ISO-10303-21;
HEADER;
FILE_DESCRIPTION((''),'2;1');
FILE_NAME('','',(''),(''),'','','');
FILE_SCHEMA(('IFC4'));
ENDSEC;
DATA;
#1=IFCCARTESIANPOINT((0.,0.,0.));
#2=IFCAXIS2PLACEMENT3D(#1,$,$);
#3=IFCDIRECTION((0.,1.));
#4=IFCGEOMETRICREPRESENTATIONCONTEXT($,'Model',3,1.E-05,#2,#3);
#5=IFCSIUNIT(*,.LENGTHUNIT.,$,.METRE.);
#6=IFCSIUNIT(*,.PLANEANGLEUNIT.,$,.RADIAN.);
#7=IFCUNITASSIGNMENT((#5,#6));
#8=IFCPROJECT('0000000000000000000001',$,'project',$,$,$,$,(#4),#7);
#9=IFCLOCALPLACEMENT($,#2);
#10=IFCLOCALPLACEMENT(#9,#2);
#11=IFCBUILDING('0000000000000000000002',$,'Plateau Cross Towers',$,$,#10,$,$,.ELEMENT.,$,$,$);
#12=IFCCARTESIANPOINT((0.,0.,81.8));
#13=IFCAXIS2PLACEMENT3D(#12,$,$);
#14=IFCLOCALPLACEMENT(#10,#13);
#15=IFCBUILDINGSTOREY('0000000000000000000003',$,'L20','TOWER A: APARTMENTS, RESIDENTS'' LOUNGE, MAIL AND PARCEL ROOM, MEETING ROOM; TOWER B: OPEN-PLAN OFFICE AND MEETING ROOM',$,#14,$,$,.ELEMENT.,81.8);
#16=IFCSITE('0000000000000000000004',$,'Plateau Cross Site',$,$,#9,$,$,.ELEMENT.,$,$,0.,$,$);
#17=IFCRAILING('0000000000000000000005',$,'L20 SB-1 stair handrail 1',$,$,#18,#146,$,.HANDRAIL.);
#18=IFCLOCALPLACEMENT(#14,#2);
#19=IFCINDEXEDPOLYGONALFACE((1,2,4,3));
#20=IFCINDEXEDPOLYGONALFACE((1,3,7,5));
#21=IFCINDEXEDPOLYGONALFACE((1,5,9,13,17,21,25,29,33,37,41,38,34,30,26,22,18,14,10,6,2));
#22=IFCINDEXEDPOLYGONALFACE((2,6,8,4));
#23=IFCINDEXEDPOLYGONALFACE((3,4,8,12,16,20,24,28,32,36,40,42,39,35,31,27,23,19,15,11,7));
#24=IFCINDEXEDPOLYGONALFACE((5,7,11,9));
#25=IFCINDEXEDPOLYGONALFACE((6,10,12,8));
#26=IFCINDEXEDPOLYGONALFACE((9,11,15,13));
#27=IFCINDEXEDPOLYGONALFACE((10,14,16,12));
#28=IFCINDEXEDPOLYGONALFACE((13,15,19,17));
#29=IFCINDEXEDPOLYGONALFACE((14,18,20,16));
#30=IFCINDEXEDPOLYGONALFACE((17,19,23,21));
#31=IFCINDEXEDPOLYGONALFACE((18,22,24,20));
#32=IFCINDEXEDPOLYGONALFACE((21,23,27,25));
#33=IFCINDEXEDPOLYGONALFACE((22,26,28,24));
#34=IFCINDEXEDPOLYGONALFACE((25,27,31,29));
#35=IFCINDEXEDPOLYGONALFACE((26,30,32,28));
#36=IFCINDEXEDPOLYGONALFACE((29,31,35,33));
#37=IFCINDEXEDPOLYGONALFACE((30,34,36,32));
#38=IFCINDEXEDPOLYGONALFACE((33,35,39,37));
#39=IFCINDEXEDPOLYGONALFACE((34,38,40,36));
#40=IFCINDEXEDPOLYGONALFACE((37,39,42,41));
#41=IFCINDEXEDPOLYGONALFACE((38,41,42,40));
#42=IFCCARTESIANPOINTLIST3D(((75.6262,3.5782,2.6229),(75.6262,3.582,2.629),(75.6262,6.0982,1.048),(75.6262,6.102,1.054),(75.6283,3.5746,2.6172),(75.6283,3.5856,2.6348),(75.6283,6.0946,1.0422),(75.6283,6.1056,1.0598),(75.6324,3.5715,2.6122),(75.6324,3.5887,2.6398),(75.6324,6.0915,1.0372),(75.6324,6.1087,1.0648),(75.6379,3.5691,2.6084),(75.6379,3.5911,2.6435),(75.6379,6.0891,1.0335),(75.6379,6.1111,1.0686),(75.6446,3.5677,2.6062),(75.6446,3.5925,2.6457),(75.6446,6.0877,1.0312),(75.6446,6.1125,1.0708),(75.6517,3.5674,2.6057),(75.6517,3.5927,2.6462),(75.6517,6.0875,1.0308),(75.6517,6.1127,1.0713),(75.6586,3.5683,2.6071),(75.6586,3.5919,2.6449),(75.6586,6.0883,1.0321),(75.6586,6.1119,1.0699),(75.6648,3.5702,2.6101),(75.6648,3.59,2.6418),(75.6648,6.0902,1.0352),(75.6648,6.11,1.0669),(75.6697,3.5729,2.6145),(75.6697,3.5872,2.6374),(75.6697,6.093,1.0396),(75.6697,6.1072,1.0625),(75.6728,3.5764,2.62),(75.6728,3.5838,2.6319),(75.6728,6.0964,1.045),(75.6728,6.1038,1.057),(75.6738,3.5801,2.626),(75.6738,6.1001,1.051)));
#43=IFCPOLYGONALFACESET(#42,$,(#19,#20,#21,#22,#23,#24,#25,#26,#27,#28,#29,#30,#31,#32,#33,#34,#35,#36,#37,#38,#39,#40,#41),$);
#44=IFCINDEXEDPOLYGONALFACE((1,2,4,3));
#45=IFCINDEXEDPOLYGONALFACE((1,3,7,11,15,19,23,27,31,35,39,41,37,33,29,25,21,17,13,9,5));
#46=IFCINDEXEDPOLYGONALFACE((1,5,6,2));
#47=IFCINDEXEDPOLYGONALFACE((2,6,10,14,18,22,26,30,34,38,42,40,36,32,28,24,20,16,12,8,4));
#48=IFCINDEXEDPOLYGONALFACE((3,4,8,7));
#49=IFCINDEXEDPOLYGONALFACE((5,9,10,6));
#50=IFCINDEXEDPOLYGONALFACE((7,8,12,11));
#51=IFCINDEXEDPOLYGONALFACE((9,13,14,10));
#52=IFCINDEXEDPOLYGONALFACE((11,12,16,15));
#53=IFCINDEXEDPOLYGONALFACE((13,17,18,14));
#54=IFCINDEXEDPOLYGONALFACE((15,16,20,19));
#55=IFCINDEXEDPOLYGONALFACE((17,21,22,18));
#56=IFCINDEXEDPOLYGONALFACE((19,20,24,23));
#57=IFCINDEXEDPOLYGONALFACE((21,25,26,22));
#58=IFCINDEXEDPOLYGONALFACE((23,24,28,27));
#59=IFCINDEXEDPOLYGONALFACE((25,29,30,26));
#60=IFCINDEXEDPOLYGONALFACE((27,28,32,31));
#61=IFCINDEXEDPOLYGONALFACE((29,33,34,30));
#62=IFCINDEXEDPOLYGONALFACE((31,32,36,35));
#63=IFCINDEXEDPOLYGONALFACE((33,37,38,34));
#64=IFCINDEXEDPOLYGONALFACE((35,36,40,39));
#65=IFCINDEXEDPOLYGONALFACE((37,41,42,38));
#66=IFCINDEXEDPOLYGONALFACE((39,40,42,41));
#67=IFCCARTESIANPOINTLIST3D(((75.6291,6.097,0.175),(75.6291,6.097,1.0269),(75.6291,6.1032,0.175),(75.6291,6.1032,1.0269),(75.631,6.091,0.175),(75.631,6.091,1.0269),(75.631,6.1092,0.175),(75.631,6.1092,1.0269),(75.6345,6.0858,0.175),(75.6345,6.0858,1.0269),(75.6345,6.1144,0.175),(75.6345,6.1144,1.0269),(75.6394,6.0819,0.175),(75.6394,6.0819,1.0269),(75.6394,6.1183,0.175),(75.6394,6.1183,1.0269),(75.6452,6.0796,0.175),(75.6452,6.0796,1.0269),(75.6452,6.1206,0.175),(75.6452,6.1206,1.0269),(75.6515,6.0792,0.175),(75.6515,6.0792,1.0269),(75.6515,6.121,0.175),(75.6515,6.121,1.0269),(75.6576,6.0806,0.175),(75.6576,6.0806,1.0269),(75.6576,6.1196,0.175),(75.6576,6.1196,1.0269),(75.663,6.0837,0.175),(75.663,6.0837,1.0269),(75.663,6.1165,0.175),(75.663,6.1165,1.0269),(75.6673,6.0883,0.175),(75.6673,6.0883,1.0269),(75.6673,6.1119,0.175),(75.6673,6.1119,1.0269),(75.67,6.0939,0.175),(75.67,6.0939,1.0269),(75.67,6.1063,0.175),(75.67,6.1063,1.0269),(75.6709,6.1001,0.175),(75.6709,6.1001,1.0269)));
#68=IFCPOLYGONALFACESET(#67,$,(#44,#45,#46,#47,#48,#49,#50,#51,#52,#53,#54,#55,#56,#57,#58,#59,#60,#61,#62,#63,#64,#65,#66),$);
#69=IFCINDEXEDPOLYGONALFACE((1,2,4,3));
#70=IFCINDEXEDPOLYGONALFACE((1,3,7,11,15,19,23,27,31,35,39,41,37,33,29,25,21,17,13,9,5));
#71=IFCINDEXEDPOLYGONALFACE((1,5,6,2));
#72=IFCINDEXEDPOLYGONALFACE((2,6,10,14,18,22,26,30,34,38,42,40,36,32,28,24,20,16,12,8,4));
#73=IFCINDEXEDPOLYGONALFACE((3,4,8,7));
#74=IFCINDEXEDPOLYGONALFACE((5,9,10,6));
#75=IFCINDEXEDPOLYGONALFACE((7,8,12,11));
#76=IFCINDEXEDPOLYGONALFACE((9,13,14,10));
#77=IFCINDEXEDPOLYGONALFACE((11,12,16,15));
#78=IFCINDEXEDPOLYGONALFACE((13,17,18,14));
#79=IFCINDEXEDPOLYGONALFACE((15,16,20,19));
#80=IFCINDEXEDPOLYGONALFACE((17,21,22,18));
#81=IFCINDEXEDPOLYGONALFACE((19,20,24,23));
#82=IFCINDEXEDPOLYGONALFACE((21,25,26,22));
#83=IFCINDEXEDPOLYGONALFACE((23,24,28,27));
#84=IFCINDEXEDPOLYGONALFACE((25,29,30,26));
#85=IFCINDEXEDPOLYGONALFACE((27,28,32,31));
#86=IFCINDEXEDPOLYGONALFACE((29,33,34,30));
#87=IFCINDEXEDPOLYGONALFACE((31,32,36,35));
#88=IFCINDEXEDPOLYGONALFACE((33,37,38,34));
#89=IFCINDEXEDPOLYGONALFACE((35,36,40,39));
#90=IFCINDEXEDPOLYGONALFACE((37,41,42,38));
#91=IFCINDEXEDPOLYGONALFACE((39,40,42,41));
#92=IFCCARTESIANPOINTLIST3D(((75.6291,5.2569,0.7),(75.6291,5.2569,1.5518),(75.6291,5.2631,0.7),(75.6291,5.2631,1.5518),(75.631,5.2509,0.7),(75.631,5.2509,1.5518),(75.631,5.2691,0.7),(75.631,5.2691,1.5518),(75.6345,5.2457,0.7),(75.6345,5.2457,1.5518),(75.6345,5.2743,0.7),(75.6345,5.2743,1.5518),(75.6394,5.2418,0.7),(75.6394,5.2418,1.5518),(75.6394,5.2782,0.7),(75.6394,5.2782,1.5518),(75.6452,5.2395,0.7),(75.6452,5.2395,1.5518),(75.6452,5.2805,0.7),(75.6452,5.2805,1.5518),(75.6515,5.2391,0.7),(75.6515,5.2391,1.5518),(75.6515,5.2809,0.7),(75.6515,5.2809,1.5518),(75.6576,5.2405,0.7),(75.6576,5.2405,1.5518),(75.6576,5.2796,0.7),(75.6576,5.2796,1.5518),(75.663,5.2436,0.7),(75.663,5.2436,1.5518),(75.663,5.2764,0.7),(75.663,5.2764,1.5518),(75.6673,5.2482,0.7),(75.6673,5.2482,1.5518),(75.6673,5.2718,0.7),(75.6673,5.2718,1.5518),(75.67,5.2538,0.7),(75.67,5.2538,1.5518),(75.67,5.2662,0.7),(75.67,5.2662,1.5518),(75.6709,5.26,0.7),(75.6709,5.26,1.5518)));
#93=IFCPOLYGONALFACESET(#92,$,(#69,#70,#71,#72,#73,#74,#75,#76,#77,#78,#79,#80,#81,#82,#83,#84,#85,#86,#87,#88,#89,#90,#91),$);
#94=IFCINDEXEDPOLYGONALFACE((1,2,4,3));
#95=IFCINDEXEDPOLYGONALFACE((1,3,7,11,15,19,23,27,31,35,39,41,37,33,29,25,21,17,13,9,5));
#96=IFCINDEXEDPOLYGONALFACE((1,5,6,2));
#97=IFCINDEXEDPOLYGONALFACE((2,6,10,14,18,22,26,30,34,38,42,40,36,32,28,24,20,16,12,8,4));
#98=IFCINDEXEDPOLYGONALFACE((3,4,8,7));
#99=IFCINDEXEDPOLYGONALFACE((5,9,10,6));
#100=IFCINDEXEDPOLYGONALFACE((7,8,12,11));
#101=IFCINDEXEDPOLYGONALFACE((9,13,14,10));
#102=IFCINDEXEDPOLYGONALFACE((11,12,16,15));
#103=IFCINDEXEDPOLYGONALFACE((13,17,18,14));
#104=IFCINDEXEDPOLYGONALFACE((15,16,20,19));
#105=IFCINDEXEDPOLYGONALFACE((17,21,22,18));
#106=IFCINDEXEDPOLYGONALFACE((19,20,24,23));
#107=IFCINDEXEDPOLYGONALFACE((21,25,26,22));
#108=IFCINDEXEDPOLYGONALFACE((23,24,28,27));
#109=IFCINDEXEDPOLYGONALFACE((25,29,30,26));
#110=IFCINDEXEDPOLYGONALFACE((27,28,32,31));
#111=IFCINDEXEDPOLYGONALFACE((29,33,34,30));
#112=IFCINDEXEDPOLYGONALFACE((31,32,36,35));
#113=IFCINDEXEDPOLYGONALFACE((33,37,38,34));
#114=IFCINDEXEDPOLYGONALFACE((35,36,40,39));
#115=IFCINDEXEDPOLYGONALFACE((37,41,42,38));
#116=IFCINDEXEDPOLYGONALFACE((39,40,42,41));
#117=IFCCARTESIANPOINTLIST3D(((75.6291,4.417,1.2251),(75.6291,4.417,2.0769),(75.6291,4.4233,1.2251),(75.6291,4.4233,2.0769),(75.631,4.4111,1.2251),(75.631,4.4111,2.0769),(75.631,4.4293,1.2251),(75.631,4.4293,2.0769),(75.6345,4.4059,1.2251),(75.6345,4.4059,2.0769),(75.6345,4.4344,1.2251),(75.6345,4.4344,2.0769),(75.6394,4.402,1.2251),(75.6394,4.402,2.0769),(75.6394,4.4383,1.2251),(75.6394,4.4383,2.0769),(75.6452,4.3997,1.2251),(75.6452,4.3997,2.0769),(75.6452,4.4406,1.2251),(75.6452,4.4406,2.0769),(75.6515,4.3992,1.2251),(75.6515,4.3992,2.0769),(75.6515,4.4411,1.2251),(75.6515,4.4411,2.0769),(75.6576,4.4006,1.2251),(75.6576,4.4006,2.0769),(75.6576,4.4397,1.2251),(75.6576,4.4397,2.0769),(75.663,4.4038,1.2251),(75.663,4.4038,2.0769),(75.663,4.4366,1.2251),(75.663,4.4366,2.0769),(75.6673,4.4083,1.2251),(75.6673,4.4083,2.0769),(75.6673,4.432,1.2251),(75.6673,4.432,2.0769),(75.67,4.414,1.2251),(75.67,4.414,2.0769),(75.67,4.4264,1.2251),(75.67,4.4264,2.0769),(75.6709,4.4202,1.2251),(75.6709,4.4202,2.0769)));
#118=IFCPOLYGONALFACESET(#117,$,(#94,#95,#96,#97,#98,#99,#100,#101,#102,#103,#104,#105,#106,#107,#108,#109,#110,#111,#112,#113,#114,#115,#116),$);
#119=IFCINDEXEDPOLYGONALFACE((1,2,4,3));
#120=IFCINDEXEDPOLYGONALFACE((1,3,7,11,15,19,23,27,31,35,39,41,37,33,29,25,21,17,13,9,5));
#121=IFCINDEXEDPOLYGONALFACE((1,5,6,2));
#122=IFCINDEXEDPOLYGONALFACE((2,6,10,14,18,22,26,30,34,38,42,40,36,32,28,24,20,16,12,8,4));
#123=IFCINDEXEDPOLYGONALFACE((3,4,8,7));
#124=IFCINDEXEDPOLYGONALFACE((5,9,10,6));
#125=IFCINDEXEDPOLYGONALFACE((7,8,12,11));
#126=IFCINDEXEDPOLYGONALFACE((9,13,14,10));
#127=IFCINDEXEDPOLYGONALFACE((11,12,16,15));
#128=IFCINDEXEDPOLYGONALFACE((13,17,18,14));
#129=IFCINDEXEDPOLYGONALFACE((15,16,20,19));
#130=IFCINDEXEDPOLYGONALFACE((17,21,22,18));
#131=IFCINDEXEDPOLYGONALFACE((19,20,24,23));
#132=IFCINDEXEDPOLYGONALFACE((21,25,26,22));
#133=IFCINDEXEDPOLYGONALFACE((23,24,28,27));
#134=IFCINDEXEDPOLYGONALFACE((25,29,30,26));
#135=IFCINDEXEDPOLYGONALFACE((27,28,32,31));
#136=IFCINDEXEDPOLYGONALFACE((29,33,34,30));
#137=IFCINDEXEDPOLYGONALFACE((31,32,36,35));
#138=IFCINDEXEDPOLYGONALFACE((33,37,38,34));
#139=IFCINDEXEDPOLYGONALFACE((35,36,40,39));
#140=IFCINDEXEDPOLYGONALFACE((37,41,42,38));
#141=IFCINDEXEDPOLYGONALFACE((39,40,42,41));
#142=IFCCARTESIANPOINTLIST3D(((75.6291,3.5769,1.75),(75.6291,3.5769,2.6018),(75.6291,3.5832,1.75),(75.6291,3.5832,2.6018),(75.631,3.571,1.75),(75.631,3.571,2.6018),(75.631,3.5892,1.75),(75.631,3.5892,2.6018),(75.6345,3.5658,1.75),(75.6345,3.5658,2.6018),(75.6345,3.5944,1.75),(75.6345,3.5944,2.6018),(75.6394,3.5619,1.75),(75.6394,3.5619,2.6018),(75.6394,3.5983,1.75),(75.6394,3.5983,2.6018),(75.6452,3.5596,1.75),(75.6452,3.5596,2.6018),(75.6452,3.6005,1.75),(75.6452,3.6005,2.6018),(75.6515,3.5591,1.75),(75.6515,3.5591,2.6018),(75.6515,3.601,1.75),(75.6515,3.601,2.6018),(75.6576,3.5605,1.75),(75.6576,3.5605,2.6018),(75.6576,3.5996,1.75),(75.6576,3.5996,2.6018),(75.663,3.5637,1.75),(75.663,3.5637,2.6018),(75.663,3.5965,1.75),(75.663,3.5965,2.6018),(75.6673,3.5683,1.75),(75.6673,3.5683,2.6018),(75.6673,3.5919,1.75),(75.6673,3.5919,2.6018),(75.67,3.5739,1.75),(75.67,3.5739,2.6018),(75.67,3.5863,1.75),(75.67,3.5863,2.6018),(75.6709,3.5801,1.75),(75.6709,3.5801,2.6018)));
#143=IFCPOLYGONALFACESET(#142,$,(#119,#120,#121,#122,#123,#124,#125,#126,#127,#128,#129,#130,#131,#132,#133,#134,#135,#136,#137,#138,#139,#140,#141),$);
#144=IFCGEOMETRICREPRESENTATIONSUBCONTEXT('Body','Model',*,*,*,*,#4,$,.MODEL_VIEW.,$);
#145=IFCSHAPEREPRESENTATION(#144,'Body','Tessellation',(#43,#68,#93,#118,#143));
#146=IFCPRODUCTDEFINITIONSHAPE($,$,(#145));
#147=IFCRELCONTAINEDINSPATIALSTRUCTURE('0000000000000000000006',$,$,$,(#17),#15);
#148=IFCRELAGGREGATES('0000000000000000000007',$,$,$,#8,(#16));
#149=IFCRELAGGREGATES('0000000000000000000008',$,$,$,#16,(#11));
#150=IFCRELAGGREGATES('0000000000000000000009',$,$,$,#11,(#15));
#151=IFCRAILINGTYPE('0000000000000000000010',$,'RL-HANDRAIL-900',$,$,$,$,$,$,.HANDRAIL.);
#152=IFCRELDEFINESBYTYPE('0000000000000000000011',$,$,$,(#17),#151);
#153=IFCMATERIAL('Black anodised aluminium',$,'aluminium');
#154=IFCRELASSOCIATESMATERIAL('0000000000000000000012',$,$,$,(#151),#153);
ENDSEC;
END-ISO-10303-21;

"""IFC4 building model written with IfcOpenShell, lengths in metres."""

from ifc_helpers import new_model, si_unit, direction, frame, origin, origin_2d, place, context, subcontext, project, spatial, circle, extrude, material, type_object, element, save


model = new_model("IFC4")

# Units and contexts
model_context = context("Model", 3, precision=1e-05, world=origin(), true_north=direction((0.0, 1.0)))
body_context = subcontext(model_context, "Body", "Model", "MODEL_VIEW")
ifc_project = project(units=[si_unit("LENGTHUNIT", "METRE"), si_unit("PLANEANGLEUNIT", "RADIAN")], contexts=[model_context])

# Site, building, storey
site_placement = place(None, origin())
site = spatial("IfcSite", under=ifc_project, at=site_placement, Name="Plateau Cross Site", CompositionType="ELEMENT", RefElevation=0.0)
building_placement = place(site_placement, origin())
building = spatial("IfcBuilding", under=site, at=building_placement, Name="Plateau Cross Towers", CompositionType="ELEMENT")
storey_placement = place(building_placement, frame((0.0, 0.0, 81.8)))
storey = spatial("IfcBuildingStorey", under=building, at=storey_placement, Name="L20", Description="TOWER A: APARTMENTS, RESIDENTS' LOUNGE, MAIL AND PARCEL ROOM, MEETING ROOM; TOWER B: OPEN-PLAN OFFICE AND MEETING ROOM", CompositionType="ELEMENT", Elevation=81.8)

# Railing
ifc_material_1 = material(Name="Black anodised aluminium", Category="aluminium")
railing_type_1 = type_object("IfcRailingType", Name="RL-HANDRAIL-900", PredefinedType="HANDRAIL", material=ifc_material_1)
railing_1_placement = place(storey_placement, frame((75.6499, 6.1001, 0.175)))
element("IfcRailing", 1, at=railing_1_placement, inside=storey, type_object=railing_type_1, Name="L20 SB-1 stair handrail 1", PredefinedType="HANDRAIL", context=body_context, shape_type="SweptSolid", body=[
    extrude(circle(Radius=0.0239, at=origin_2d()), frame((0.0, 0.0, 0.876), z_axis=(0.0, -0.848008, 0.529984), x_axis=(1.0, 0.0, 0.0)), (0.0, 0.0, 1.0), 2.9717),
    extrude(circle(Radius=0.021, at=origin_2d()), origin(), (0.0, 0.0, 1.0), 0.8518),
    extrude(circle(Radius=0.021, at=origin_2d()), frame((0.0, -0.8401, 0.5249)), (0.0, 0.0, 1.0), 0.8518),
    extrude(circle(Radius=0.021, at=origin_2d()), frame((0.0, -1.6799, 1.05)), (0.0, 0.0, 1.0), 0.8518),
    extrude(circle(Radius=0.021, at=origin_2d()), frame((0.0, -2.52, 1.575)), (0.0, 0.0, 1.0), 0.8518),
])

save(model, "model.ifc")
